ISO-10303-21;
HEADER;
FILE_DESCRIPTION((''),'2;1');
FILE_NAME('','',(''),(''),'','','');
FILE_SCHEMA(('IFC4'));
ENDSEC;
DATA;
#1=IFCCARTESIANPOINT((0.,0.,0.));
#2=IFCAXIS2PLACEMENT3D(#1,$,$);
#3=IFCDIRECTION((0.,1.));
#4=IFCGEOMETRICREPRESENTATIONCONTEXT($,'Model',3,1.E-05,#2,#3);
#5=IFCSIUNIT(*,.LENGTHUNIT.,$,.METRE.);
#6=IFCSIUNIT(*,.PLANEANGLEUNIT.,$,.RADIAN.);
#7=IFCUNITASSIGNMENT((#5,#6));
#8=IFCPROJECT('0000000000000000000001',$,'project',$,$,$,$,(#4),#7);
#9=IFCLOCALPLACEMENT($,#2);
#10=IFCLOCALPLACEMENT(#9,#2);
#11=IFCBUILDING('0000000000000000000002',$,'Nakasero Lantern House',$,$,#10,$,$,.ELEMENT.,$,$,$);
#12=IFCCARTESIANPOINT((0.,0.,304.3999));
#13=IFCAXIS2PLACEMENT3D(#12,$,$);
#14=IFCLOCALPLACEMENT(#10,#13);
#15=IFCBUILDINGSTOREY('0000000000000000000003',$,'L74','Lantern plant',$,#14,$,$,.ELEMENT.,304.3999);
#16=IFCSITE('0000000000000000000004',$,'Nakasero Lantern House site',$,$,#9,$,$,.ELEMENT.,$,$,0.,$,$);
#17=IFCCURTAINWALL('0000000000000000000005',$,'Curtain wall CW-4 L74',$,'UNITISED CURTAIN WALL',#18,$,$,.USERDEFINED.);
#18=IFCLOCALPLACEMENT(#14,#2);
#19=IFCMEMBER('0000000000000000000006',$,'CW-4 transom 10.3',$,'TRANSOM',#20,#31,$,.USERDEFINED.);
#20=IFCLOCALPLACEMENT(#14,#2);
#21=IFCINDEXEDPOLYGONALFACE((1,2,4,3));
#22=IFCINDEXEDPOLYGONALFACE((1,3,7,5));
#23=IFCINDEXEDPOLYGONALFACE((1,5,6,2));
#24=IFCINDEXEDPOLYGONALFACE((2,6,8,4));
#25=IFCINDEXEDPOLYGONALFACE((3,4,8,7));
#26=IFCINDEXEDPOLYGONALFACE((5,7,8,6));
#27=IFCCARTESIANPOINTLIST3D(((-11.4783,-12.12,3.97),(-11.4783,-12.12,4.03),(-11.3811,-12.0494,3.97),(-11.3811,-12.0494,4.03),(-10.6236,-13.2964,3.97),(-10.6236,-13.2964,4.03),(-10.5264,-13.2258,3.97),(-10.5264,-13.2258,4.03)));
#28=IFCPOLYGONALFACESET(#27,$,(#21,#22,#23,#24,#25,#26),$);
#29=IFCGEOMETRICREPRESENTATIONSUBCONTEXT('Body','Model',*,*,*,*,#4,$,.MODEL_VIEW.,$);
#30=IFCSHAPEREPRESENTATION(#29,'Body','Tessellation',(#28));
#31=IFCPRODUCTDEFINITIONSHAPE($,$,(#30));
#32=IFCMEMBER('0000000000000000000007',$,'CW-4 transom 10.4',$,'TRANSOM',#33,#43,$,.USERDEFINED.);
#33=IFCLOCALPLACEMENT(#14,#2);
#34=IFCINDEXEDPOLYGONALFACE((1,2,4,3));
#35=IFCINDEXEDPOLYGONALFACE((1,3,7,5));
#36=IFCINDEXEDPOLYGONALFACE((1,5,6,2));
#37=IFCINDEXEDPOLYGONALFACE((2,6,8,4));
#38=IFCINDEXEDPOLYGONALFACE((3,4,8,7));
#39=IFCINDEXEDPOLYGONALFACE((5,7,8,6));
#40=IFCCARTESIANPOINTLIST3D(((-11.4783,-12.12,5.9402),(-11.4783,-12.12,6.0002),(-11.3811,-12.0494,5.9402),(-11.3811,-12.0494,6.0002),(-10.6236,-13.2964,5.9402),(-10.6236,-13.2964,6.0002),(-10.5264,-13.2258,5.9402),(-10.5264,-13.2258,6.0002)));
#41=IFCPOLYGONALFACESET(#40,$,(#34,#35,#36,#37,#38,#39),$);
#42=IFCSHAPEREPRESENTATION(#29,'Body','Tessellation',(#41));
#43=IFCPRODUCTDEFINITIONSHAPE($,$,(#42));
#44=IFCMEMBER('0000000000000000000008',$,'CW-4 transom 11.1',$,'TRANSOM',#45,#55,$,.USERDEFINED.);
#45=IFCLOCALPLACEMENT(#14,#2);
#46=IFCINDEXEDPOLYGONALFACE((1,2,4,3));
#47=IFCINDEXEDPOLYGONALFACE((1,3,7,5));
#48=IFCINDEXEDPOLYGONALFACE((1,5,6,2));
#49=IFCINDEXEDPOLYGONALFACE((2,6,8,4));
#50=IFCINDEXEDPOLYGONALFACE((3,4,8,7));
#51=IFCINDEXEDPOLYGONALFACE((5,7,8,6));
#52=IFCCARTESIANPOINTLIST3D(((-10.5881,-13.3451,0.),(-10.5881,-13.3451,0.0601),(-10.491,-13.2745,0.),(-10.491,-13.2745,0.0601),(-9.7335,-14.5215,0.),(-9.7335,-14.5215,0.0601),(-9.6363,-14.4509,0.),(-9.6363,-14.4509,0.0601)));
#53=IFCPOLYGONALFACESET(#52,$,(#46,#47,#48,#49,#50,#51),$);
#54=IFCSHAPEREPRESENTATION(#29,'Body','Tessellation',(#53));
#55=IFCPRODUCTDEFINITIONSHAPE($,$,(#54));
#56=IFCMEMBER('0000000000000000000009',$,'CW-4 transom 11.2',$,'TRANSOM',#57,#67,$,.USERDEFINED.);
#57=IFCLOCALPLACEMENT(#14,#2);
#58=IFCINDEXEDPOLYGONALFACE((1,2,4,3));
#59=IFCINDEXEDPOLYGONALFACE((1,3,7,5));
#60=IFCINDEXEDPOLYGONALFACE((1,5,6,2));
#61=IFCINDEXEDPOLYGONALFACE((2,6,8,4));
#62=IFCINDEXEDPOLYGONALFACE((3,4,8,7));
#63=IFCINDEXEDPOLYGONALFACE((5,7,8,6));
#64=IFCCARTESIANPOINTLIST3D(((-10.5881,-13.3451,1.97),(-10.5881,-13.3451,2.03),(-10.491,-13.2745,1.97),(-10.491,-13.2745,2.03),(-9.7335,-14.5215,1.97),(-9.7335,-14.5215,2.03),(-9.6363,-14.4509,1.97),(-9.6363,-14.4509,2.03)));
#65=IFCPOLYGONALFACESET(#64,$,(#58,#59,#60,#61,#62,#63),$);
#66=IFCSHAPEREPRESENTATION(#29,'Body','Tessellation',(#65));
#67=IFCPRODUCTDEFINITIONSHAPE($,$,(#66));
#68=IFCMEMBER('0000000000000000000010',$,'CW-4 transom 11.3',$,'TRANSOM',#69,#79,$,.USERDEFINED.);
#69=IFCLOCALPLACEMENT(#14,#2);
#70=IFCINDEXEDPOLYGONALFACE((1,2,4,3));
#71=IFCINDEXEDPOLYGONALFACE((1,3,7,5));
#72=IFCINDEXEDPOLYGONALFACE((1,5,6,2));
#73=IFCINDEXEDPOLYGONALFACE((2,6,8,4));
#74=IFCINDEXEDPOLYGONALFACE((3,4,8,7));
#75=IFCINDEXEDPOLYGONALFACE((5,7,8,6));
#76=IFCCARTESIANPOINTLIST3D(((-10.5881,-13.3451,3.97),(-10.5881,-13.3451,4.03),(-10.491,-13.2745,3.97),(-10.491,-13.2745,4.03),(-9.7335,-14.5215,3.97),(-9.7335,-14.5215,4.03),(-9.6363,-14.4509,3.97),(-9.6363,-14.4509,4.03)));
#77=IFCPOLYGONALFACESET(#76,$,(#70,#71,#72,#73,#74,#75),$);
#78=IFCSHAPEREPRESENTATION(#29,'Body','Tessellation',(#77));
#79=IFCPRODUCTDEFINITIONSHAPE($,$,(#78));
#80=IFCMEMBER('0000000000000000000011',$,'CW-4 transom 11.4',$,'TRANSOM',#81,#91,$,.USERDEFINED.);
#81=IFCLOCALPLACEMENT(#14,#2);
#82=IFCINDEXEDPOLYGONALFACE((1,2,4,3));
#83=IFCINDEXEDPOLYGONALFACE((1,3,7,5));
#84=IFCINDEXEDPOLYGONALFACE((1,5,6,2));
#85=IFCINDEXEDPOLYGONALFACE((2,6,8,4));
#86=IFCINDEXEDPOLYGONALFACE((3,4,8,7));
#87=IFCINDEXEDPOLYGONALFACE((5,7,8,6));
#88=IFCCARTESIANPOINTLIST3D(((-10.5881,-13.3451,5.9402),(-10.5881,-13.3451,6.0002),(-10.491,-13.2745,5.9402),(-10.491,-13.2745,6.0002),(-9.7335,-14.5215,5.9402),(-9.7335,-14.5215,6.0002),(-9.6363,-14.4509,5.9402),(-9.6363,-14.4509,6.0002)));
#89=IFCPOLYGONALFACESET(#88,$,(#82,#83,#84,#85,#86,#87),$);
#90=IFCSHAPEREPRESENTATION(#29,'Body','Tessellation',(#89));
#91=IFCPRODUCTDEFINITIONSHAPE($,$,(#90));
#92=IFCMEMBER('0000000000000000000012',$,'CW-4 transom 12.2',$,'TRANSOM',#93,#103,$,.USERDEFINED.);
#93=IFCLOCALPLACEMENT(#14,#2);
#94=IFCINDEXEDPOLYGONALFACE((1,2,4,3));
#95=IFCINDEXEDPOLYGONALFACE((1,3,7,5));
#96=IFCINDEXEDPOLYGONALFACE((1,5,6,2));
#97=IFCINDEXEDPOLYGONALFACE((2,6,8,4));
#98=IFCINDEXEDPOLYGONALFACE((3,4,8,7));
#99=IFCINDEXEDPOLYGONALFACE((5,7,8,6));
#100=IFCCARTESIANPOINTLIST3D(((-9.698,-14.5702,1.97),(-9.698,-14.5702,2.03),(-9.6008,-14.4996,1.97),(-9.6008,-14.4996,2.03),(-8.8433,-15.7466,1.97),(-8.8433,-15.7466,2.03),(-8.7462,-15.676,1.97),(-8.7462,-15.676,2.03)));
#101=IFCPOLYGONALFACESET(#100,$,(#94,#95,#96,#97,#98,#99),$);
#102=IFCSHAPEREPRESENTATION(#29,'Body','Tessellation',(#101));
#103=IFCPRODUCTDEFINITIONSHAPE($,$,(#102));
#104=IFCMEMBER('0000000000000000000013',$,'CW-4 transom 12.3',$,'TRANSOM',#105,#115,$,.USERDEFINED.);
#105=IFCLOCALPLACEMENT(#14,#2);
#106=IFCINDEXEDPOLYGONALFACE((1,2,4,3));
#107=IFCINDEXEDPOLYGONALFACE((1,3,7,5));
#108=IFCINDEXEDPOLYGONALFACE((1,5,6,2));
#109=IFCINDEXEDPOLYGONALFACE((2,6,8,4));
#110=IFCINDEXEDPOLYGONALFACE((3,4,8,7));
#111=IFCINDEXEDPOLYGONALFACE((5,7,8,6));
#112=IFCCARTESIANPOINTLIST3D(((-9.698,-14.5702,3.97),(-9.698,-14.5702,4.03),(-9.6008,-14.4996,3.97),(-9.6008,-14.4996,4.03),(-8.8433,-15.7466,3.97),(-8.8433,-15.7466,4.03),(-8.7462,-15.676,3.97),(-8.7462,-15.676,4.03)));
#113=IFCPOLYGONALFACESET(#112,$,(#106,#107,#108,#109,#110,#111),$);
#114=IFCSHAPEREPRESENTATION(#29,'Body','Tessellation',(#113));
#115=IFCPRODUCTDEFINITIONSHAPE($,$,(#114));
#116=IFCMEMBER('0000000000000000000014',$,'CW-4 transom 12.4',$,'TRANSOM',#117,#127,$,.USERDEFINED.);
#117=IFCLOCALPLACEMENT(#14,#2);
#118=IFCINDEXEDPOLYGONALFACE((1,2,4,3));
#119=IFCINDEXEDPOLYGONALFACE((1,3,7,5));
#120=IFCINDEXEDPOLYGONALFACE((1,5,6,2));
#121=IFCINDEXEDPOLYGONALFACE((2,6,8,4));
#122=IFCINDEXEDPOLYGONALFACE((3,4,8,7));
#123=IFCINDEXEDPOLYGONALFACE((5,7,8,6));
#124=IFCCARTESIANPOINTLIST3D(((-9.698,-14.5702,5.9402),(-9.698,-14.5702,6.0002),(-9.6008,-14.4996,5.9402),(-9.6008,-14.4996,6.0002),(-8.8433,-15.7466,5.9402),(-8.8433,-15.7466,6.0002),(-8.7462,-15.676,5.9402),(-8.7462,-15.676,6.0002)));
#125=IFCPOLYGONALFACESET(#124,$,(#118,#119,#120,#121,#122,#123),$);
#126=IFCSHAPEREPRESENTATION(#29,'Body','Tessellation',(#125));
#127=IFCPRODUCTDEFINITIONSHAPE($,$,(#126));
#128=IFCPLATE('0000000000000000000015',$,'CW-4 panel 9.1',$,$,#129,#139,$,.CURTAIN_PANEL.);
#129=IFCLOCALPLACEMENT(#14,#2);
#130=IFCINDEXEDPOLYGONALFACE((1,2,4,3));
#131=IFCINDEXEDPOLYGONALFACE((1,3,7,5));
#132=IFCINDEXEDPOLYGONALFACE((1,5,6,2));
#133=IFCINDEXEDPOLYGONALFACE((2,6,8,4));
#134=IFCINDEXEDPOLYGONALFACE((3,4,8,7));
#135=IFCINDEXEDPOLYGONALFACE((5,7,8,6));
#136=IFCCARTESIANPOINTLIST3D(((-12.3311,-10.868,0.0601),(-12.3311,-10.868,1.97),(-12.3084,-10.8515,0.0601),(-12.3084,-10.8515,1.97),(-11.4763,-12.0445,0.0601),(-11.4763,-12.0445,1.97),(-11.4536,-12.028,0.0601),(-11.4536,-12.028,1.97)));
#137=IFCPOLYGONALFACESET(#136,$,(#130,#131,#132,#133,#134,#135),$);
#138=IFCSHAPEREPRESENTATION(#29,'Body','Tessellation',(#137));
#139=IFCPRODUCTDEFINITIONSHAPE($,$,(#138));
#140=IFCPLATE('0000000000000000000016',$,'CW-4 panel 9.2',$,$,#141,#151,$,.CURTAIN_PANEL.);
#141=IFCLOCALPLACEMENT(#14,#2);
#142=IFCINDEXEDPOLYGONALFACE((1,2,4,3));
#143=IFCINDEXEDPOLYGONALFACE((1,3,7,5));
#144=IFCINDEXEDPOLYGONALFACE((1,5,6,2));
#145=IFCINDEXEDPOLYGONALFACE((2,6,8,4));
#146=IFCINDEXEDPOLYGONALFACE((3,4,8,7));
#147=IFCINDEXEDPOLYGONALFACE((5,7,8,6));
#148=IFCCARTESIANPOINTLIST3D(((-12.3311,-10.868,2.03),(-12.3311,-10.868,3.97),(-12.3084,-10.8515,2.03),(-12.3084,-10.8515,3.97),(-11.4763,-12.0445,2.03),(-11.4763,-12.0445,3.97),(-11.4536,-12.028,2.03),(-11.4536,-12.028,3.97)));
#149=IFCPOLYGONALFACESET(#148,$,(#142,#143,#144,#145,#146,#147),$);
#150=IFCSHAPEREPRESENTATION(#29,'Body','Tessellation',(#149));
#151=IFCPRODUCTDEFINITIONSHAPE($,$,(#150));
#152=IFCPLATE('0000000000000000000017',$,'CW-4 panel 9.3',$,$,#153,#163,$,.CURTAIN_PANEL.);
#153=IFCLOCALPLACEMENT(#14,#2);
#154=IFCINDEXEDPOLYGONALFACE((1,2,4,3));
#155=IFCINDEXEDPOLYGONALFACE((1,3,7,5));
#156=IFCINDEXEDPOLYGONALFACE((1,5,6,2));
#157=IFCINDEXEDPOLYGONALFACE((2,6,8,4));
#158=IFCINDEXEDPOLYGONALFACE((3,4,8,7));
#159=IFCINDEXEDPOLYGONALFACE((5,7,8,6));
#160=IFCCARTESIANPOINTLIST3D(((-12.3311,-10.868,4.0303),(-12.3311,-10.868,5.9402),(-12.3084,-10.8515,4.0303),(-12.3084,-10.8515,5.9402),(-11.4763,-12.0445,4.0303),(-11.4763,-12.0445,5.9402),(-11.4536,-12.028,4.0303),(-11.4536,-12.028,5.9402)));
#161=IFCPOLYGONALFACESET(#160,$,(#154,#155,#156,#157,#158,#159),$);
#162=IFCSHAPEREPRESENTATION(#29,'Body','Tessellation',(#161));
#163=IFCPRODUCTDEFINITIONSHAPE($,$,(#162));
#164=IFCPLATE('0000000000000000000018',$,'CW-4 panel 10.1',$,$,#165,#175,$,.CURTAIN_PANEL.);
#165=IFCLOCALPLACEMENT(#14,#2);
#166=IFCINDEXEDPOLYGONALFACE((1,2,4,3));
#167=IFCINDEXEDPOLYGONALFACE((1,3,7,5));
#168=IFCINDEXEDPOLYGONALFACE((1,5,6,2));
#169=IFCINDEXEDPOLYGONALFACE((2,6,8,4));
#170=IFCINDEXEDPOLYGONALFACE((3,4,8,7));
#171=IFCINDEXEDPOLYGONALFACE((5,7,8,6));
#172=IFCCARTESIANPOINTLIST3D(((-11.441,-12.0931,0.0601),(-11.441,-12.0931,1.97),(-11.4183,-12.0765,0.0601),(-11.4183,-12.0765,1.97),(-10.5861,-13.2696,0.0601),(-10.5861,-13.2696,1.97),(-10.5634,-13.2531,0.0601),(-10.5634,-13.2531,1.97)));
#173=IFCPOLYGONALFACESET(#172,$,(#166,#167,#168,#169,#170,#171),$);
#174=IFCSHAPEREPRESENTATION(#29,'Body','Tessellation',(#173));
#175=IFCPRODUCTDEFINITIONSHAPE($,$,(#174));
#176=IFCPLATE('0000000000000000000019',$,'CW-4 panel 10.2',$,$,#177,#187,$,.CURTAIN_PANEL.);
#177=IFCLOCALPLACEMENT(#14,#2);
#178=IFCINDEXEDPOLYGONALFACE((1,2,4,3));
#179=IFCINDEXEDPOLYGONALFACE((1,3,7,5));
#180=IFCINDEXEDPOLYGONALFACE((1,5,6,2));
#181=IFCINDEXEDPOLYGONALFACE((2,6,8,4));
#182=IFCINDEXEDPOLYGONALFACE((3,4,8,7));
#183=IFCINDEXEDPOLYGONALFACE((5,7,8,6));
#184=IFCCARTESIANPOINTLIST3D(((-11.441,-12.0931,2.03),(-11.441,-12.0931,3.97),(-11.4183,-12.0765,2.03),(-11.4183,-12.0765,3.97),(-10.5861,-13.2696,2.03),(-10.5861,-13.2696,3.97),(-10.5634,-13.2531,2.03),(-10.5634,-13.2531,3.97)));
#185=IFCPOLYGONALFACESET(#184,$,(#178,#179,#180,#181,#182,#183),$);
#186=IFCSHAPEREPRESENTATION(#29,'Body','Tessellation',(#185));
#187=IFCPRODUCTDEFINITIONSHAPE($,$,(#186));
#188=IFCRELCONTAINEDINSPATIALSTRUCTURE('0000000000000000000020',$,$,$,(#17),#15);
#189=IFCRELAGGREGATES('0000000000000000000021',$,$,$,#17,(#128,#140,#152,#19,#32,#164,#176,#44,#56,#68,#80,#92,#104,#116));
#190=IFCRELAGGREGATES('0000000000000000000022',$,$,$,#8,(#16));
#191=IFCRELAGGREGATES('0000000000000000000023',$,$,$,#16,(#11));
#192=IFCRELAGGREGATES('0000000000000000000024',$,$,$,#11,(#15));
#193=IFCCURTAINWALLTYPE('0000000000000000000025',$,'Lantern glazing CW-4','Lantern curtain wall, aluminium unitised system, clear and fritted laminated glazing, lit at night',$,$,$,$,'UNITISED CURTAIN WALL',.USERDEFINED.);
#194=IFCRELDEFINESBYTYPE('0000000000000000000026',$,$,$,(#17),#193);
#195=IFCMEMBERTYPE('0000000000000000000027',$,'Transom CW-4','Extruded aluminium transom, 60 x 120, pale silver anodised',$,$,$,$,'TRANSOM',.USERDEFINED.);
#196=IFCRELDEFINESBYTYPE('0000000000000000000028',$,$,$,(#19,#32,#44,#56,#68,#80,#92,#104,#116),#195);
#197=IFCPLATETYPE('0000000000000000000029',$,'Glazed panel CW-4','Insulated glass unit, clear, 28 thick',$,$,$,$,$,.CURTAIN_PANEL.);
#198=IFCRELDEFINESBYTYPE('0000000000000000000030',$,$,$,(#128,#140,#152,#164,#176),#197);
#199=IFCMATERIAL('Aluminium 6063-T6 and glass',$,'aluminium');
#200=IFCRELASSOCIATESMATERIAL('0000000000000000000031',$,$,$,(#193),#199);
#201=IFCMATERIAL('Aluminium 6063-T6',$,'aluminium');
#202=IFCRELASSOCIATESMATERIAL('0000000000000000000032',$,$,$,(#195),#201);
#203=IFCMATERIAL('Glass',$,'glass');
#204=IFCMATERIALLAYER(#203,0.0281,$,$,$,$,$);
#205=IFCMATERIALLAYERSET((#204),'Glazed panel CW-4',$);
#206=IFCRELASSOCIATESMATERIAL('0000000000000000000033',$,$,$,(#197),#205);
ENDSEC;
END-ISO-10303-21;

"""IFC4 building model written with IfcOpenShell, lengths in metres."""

from ifc_helpers import new_model, si_unit, direction, frame, origin, origin_2d, place, context, subcontext, project, spatial, rectangle, extrude, material, layer, layer_set, material_profile, profile_set, type_object, element, aggregate, save


model = new_model("IFC4")

# Units and contexts
model_context = context("Model", 3, precision=1e-05, world=origin(), true_north=direction((0.0, 1.0)))
body_context = subcontext(model_context, "Body", "Model", "MODEL_VIEW")
ifc_project = project(units=[si_unit("LENGTHUNIT", "METRE"), si_unit("PLANEANGLEUNIT", "RADIAN")], contexts=[model_context])

# Site, building, storey
site_placement = place(None, origin())
site = spatial("IfcSite", under=ifc_project, at=site_placement, Name="Nakasero Lantern House site", CompositionType="ELEMENT", RefElevation=0.0)
building_placement = place(site_placement, origin())
building = spatial("IfcBuilding", under=site, at=building_placement, Name="Nakasero Lantern House", CompositionType="ELEMENT")
storey_placement = place(building_placement, frame((0.0, 0.0, 304.3999)))
storey = spatial("IfcBuildingStorey", under=building, at=storey_placement, Name="L74", Description="Lantern plant", CompositionType="ELEMENT", Elevation=304.3999)

# Curtain wall
ifc_material_1 = material(Name="Aluminium 6063-T6 and glass", Category="aluminium")
curtain_wall_type = type_object("IfcCurtainWallType", Name="Lantern glazing CW-4", Description="Lantern curtain wall, aluminium unitised system, clear and fritted laminated glazing, lit at night", ElementType="UNITISED CURTAIN WALL", PredefinedType="USERDEFINED", material=ifc_material_1)
curtain_wall_placement = place(storey_placement, origin())
curtain_wall = element("IfcCurtainWall", 1, at=curtain_wall_placement, inside=storey, type_object=curtain_wall_type, Name="Curtain wall CW-4 L74", ObjectType="UNITISED CURTAIN WALL", PredefinedType="USERDEFINED")

# Members
ifc_material_2 = material(Name="Aluminium 6063-T6", Category="aluminium")
ifc_material_profile_1 = material_profile(ifc_material_2, rectangle(XDim=0.0601, YDim=0.1201, at=origin_2d()), Name="CW-4 transom 60x120")
ifc_profile_set_1 = profile_set([ifc_material_profile_1], Name="Aluminium 6063-T6")
member_type_1 = type_object("IfcMemberType", Name="Transom CW-4", Description="Extruded aluminium transom, 60 x 120, pale silver anodised", ElementType="TRANSOM", PredefinedType="USERDEFINED", material=ifc_profile_set_1)
member_1_placement = place(storey_placement, frame((-11.4297, -12.0847, 4.0), z_axis=(0.587762, -0.809034, 0.0), x_axis=(0.0, 0.0, 1.0)))
member_1 = element("IfcMember", 2, at=member_1_placement, type_object=member_type_1, Name="CW-4 transom 10.3", ObjectType="TRANSOM", PredefinedType="USERDEFINED", context=body_context, shape_type="SweptSolid", body=[
    extrude(rectangle(XDim=0.0601, YDim=0.1201, at=origin_2d()), origin(), (0.0, 0.0, 1.0), 1.4541),
])
member_2_placement = place(storey_placement, frame((-11.4297, -12.0847, 5.9702), z_axis=(0.587762, -0.809034, 0.0), x_axis=(0.0, 0.0, 1.0)))
member_2 = element("IfcMember", 3, at=member_2_placement, type_object=member_type_1, Name="CW-4 transom 10.4", ObjectType="TRANSOM", PredefinedType="USERDEFINED", context=body_context, shape_type="SweptSolid", body=[
    extrude(rectangle(XDim=0.0601, YDim=0.1201, at=origin_2d()), origin(), (0.0, 0.0, 1.0), 1.4541),
])
member_3_placement = place(storey_placement, frame((-10.5396, -13.3098, 0.03), z_axis=(0.587762, -0.809034, 0.0), x_axis=(0.0, 0.0, 1.0)))
member_3 = element("IfcMember", 4, at=member_3_placement, type_object=member_type_1, Name="CW-4 transom 11.1", ObjectType="TRANSOM", PredefinedType="USERDEFINED", context=body_context, shape_type="SweptSolid", body=[
    extrude(rectangle(XDim=0.0601, YDim=0.1201, at=origin_2d()), origin(), (0.0, 0.0, 1.0), 1.4541),
])
member_4_placement = place(storey_placement, frame((-10.5396, -13.3098, 2.0), z_axis=(0.587762, -0.809034, 0.0), x_axis=(0.0, 0.0, 1.0)))
member_4 = element("IfcMember", 5, at=member_4_placement, type_object=member_type_1, Name="CW-4 transom 11.2", ObjectType="TRANSOM", PredefinedType="USERDEFINED", context=body_context, shape_type="SweptSolid", body=[
    extrude(rectangle(XDim=0.0601, YDim=0.1201, at=origin_2d()), origin(), (0.0, 0.0, 1.0), 1.4541),
])
member_5_placement = place(storey_placement, frame((-10.5396, -13.3098, 4.0), z_axis=(0.587762, -0.809034, 0.0), x_axis=(0.0, 0.0, 1.0)))
member_5 = element("IfcMember", 6, at=member_5_placement, type_object=member_type_1, Name="CW-4 transom 11.3", ObjectType="TRANSOM", PredefinedType="USERDEFINED", context=body_context, shape_type="SweptSolid", body=[
    extrude(rectangle(XDim=0.0601, YDim=0.1201, at=origin_2d()), origin(), (0.0, 0.0, 1.0), 1.4541),
])
member_6_placement = place(storey_placement, frame((-10.5396, -13.3098, 5.9702), z_axis=(0.587762, -0.809034, 0.0), x_axis=(0.0, 0.0, 1.0)))
member_6 = element("IfcMember", 7, at=member_6_placement, type_object=member_type_1, Name="CW-4 transom 11.4", ObjectType="TRANSOM", PredefinedType="USERDEFINED", context=body_context, shape_type="SweptSolid", body=[
    extrude(rectangle(XDim=0.0601, YDim=0.1201, at=origin_2d()), origin(), (0.0, 0.0, 1.0), 1.4541),
])
member_7_placement = place(storey_placement, frame((-9.6494, -14.5349, 2.0), z_axis=(0.587762, -0.809034, 0.0), x_axis=(0.0, 0.0, 1.0)))
member_7 = element("IfcMember", 8, at=member_7_placement, type_object=member_type_1, Name="CW-4 transom 12.2", ObjectType="TRANSOM", PredefinedType="USERDEFINED", context=body_context, shape_type="SweptSolid", body=[
    extrude(rectangle(XDim=0.0601, YDim=0.1201, at=origin_2d()), origin(), (0.0, 0.0, 1.0), 1.4541),
])
member_8_placement = place(storey_placement, frame((-9.6494, -14.5349, 4.0), z_axis=(0.587762, -0.809034, 0.0), x_axis=(0.0, 0.0, 1.0)))
member_8 = element("IfcMember", 9, at=member_8_placement, type_object=member_type_1, Name="CW-4 transom 12.3", ObjectType="TRANSOM", PredefinedType="USERDEFINED", context=body_context, shape_type="SweptSolid", body=[
    extrude(rectangle(XDim=0.0601, YDim=0.1201, at=origin_2d()), origin(), (0.0, 0.0, 1.0), 1.4541),
])
member_9_placement = place(storey_placement, frame((-9.6494, -14.5349, 5.9702), z_axis=(0.587762, -0.809034, 0.0), x_axis=(0.0, 0.0, 1.0)))
member_9 = element("IfcMember", 10, at=member_9_placement, type_object=member_type_1, Name="CW-4 transom 12.4", ObjectType="TRANSOM", PredefinedType="USERDEFINED", context=body_context, shape_type="SweptSolid", body=[
    extrude(rectangle(XDim=0.0601, YDim=0.1201, at=origin_2d()), origin(), (0.0, 0.0, 1.0), 1.4541),
])

# Plates
ifc_material_3 = material(Name="Glass", Category="glass")
ifc_layer = layer(ifc_material_3, 0.0281)
ifc_layer_set = layer_set([ifc_layer], Name="Glazed panel CW-4")
plate_type = type_object("IfcPlateType", Name="Glazed panel CW-4", Description="Insulated glass unit, clear, 28 thick", PredefinedType="CURTAIN_PANEL", material=ifc_layer_set)
plate_1_placement = place(storey_placement, frame((-11.8923, -11.448, 0.0601), z_axis=(0.0, 0.0, 1.0), x_axis=(0.587785, -0.809017, 0.0)))
plate_1 = element("IfcPlate", 11, at=plate_1_placement, type_object=plate_type, Name="CW-4 panel 9.1", PredefinedType="CURTAIN_PANEL", context=body_context, shape_type="SweptSolid", body=[
    extrude(rectangle(XDim=1.4543, YDim=0.0281, at=origin_2d()), origin(), (0.0, 0.0, 1.0), 1.9099),
])
plate_2_placement = place(storey_placement, frame((-11.8923, -11.448, 2.03), z_axis=(0.0, 0.0, 1.0), x_axis=(0.587785, -0.809017, 0.0)))
plate_2 = element("IfcPlate", 12, at=plate_2_placement, type_object=plate_type, Name="CW-4 panel 9.2", PredefinedType="CURTAIN_PANEL", context=body_context, shape_type="SweptSolid", body=[
    extrude(rectangle(XDim=1.4543, YDim=0.0281, at=origin_2d()), origin(), (0.0, 0.0, 1.0), 1.9399),
])
plate_3_placement = place(storey_placement, frame((-11.8923, -11.448, 4.0303), z_axis=(0.0, 0.0, 1.0), x_axis=(0.587785, -0.809017, 0.0)))
plate_3 = element("IfcPlate", 13, at=plate_3_placement, type_object=plate_type, Name="CW-4 panel 9.3", PredefinedType="CURTAIN_PANEL", context=body_context, shape_type="SweptSolid", body=[
    extrude(rectangle(XDim=1.4543, YDim=0.0281, at=origin_2d()), origin(), (0.0, 0.0, 1.0), 1.9099),
])
plate_4_placement = place(storey_placement, frame((-11.0022, -12.6731, 0.0601), z_axis=(0.0, 0.0, 1.0), x_axis=(0.587785, -0.809017, 0.0)))
plate_4 = element("IfcPlate", 14, at=plate_4_placement, type_object=plate_type, Name="CW-4 panel 10.1", PredefinedType="CURTAIN_PANEL", context=body_context, shape_type="SweptSolid", body=[
    extrude(rectangle(XDim=1.4543, YDim=0.0281, at=origin_2d()), origin(), (0.0, 0.0, 1.0), 1.9099),
])
plate_5_placement = place(storey_placement, frame((-11.0022, -12.6731, 2.03), z_axis=(0.0, 0.0, 1.0), x_axis=(0.587785, -0.809017, 0.0)))
plate_5 = element("IfcPlate", 15, at=plate_5_placement, type_object=plate_type, Name="CW-4 panel 10.2", PredefinedType="CURTAIN_PANEL", context=body_context, shape_type="SweptSolid", body=[
    extrude(rectangle(XDim=1.4543, YDim=0.0281, at=origin_2d()), origin(), (0.0, 0.0, 1.0), 1.9399),
])
aggregate(curtain_wall, [plate_1, plate_2, plate_3, member_1, member_2, plate_4, plate_5, member_3, member_4, member_5, member_6, member_7, member_8, member_9])

save(model, "model.ifc")
